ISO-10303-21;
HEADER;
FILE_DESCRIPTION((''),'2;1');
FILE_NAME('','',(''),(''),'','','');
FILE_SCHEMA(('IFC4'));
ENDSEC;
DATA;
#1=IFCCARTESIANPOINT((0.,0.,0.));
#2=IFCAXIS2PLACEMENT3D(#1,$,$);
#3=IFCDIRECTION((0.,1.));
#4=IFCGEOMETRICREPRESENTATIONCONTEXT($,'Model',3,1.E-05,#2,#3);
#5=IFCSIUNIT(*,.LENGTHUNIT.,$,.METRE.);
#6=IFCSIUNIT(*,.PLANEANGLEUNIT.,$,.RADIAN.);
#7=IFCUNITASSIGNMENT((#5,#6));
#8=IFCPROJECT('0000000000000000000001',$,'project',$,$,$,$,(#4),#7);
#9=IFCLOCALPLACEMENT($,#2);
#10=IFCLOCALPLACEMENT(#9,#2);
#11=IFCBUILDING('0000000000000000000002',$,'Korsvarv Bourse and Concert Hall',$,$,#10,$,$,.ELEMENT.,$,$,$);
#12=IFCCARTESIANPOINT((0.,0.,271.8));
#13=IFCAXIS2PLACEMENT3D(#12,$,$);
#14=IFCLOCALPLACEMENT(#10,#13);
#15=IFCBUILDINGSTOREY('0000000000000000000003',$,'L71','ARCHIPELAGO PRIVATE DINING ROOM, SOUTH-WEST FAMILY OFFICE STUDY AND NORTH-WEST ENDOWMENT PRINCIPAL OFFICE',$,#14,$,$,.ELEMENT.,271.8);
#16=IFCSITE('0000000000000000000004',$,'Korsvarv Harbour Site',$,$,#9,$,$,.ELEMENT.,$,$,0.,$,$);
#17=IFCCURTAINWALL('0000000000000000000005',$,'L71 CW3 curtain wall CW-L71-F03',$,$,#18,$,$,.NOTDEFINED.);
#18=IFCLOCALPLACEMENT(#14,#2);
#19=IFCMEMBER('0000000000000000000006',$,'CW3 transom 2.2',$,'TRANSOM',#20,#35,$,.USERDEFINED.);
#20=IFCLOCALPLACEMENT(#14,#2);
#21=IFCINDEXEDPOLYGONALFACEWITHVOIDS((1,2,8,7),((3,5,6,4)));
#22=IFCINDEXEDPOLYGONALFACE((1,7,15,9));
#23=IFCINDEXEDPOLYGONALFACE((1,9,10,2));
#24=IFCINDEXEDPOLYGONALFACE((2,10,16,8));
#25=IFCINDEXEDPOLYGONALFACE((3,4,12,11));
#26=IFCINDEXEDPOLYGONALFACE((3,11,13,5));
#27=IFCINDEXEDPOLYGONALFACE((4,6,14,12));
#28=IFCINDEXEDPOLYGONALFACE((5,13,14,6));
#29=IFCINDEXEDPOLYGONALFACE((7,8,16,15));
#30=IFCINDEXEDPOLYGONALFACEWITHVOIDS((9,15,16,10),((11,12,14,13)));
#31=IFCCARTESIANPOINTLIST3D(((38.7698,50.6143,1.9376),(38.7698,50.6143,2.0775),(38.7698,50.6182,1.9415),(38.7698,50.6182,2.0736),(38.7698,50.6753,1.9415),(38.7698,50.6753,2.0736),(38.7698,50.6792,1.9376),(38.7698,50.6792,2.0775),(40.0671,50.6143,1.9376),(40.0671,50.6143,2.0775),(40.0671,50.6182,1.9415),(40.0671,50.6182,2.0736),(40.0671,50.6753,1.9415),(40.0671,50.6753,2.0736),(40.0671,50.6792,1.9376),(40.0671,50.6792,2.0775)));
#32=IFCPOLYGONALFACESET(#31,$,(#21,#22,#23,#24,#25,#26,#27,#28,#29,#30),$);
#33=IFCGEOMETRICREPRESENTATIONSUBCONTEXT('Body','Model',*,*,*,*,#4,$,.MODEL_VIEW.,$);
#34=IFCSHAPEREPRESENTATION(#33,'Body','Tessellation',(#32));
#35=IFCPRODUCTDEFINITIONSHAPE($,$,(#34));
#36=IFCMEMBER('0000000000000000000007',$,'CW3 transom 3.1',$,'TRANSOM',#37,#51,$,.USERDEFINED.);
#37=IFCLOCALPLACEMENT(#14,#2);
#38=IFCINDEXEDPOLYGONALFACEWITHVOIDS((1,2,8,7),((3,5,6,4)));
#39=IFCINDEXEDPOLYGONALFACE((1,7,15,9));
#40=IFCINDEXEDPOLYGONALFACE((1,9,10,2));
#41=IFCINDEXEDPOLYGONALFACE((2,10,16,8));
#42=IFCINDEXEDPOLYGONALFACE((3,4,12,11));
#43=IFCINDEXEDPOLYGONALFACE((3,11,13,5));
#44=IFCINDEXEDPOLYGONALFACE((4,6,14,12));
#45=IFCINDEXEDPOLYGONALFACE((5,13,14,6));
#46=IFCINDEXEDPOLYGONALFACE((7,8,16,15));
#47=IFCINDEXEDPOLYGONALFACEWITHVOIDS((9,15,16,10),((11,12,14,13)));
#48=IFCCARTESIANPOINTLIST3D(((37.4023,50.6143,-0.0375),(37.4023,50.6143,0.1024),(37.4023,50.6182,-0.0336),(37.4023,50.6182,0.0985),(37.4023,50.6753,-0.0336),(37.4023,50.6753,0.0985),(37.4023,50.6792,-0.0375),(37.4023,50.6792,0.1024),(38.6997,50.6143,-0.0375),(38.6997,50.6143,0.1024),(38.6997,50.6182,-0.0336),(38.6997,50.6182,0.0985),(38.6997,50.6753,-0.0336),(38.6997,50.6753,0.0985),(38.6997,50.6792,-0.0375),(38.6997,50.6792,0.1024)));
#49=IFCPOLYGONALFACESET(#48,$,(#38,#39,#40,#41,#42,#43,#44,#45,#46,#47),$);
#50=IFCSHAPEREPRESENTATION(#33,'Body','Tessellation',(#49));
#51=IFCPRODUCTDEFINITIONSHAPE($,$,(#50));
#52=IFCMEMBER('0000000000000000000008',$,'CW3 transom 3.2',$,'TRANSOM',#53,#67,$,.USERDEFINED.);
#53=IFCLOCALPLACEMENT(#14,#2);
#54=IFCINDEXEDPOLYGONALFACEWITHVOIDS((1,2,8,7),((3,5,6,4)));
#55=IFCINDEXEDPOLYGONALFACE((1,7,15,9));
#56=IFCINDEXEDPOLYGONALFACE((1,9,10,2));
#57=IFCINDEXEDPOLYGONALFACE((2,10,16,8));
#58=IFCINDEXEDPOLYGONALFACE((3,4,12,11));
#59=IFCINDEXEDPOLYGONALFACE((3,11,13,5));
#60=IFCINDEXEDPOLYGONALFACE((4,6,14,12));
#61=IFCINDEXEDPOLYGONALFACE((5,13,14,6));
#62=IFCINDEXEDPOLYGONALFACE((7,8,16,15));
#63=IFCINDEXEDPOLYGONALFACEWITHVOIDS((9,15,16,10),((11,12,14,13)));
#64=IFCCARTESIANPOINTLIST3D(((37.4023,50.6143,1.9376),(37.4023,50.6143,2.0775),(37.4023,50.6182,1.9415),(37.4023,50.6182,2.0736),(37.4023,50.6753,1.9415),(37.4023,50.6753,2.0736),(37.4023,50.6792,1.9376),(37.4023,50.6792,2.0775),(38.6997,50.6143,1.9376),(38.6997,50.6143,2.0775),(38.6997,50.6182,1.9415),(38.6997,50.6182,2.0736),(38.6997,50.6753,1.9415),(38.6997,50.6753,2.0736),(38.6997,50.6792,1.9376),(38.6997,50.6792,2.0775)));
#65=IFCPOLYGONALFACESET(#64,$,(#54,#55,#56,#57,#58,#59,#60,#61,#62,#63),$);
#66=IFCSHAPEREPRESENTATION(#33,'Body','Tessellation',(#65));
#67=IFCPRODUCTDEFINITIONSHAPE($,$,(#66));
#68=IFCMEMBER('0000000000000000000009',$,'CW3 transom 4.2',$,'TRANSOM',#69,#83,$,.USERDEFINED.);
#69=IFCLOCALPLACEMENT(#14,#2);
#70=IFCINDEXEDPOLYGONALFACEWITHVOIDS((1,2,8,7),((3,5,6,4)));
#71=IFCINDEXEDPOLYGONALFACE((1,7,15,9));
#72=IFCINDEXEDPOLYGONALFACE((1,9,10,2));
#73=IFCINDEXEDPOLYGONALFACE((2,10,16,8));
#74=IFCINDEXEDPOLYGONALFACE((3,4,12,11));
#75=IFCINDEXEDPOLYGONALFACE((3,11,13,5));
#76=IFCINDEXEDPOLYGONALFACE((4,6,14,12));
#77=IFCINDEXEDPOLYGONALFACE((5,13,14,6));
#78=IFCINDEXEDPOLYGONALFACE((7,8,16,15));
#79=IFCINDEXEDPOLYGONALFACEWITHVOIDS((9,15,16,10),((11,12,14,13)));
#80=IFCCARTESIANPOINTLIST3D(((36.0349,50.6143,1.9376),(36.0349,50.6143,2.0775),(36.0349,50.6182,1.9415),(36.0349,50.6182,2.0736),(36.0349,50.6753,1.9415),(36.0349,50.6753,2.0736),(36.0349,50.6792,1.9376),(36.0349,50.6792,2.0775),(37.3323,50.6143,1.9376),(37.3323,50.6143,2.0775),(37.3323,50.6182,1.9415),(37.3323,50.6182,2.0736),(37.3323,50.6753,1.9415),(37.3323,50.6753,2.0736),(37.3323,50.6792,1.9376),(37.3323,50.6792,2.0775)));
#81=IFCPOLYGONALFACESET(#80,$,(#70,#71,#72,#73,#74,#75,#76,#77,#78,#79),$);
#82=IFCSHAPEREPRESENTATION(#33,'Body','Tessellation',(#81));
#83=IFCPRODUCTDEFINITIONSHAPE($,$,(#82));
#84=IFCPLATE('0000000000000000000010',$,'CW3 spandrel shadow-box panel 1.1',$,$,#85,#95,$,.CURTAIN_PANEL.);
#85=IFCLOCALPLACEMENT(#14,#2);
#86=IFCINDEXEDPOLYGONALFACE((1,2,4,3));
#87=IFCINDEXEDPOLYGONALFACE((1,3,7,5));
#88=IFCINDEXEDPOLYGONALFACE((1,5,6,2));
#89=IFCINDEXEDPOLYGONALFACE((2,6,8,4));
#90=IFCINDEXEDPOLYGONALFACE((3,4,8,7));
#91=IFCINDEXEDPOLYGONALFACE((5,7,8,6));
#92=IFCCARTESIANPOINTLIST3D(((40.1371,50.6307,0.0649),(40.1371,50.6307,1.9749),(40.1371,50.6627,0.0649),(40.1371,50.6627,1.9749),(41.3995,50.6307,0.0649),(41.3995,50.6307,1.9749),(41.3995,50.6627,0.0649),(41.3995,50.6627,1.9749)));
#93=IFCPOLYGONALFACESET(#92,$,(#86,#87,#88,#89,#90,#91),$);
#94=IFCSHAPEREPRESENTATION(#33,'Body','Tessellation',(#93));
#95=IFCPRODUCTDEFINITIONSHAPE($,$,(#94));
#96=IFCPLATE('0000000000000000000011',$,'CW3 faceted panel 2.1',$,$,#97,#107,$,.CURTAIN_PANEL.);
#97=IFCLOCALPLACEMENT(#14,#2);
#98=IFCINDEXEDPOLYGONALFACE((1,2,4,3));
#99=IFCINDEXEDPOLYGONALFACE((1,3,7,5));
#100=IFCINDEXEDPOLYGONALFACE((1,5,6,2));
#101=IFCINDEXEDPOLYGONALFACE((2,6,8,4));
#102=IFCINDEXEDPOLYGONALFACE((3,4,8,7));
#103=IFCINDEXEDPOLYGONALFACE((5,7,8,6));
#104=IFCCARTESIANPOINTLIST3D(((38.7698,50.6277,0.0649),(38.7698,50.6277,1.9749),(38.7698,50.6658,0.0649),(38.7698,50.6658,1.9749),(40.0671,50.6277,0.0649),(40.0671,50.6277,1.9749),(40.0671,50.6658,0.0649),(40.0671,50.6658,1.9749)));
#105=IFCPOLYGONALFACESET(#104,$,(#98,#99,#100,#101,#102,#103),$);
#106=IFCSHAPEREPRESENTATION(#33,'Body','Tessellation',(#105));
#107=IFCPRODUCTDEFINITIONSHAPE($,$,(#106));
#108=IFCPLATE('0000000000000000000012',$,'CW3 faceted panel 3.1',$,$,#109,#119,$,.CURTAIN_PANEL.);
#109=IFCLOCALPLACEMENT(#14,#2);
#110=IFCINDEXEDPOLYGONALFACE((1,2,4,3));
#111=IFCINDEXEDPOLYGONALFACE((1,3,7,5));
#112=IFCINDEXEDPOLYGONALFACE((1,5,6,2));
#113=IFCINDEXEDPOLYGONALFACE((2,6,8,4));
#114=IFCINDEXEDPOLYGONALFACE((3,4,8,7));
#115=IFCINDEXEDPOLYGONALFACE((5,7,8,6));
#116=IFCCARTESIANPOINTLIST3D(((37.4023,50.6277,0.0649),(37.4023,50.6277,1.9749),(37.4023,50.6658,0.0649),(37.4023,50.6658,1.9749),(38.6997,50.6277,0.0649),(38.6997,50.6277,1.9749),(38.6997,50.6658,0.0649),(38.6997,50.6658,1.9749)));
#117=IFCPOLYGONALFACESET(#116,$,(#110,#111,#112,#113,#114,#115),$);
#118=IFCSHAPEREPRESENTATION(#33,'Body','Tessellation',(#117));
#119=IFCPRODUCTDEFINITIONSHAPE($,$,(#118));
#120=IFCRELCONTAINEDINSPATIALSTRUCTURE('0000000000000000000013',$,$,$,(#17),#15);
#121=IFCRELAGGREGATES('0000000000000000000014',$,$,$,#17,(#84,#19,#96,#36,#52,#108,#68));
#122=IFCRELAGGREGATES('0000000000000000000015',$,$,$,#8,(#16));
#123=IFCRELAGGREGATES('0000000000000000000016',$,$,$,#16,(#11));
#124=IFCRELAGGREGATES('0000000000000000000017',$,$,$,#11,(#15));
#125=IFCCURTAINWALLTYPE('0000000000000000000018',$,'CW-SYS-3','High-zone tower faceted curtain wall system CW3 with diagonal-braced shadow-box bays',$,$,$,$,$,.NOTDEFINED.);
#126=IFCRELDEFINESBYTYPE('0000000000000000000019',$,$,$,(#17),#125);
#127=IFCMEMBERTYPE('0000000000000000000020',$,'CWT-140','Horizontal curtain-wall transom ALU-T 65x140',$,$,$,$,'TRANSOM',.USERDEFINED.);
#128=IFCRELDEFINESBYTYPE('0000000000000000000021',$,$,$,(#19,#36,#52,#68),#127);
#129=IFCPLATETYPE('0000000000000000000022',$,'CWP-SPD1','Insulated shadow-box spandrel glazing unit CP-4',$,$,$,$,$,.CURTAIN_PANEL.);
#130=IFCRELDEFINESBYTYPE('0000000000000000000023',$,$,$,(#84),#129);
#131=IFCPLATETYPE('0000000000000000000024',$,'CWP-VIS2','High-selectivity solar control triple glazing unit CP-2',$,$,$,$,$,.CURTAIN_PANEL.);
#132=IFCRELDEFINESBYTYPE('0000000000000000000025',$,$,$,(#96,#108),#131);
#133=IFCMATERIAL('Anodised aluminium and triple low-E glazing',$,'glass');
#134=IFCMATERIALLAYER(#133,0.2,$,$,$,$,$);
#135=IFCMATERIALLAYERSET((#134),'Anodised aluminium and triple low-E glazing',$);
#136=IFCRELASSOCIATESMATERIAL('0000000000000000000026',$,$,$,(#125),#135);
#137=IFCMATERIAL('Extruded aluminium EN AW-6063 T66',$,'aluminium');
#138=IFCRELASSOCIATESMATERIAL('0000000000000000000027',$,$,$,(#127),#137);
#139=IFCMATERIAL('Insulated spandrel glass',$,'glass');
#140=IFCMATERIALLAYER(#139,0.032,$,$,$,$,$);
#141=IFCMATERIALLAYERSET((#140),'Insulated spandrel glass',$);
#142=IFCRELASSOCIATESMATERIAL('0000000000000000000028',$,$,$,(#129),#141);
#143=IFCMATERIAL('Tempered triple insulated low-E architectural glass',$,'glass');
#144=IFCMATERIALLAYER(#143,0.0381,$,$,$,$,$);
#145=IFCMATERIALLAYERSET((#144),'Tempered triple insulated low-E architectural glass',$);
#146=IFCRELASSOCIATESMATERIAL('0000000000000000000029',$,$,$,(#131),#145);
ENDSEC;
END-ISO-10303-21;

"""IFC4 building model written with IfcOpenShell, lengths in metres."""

from ifc_helpers import new_model, si_unit, direction, frame, origin, origin_2d, place, context, subcontext, project, spatial, rectangle, hollow_rectangle, extrude, source, transform, mapped, material, layer, layer_set, material_profile, profile_set, type_object, element, aggregate, save


model = new_model("IFC4")

# Units and contexts
model_context = context("Model", 3, precision=1e-05, world=origin(), true_north=direction((0.0, 1.0)))
body_context = subcontext(model_context, "Body", "Model", "MODEL_VIEW")
ifc_project = project(units=[si_unit("LENGTHUNIT", "METRE"), si_unit("PLANEANGLEUNIT", "RADIAN")], contexts=[model_context])

# Site, building, storey
site_placement = place(None, origin())
site = spatial("IfcSite", under=ifc_project, at=site_placement, Name="Korsvarv Harbour Site", CompositionType="ELEMENT", RefElevation=0.0)
building_placement = place(site_placement, origin())
building = spatial("IfcBuilding", under=site, at=building_placement, Name="Korsvarv Bourse and Concert Hall", CompositionType="ELEMENT")
storey_placement = place(building_placement, frame((0.0, 0.0, 271.8)))
storey = spatial("IfcBuildingStorey", under=building, at=storey_placement, Name="L71", Description="ARCHIPELAGO PRIVATE DINING ROOM, SOUTH-WEST FAMILY OFFICE STUDY AND NORTH-WEST ENDOWMENT PRINCIPAL OFFICE", CompositionType="ELEMENT", Elevation=271.8)

# Curtain wall, members, plates
ifc_material_1 = material(Name="Anodised aluminium and triple low-E glazing", Category="glass")
ifc_layer_1 = layer(ifc_material_1, 0.2)
ifc_layer_set_1 = layer_set([ifc_layer_1], Name="Anodised aluminium and triple low-E glazing")
curtain_wall_type = type_object("IfcCurtainWallType", Name="CW-SYS-3", Description="High-zone tower faceted curtain wall system CW3 with diagonal-braced shadow-box bays", PredefinedType="NOTDEFINED", material=ifc_layer_set_1)
curtain_wall_placement = place(storey_placement, origin())
curtain_wall = element("IfcCurtainWall", 1, at=curtain_wall_placement, inside=storey, type_object=curtain_wall_type, Name="L71 CW3 curtain wall CW-L71-F03", PredefinedType="NOTDEFINED")
ifc_material_2 = material(Name="Extruded aluminium EN AW-6063 T66", Category="aluminium")
ifc_material_profile_1 = material_profile(ifc_material_2, hollow_rectangle(XDim=0.0649, YDim=0.1399, WallThickness=0.0039, at=origin_2d()), Name="ALU-T 65x140")
ifc_profile_set_1 = profile_set([ifc_material_profile_1], Name="Extruded aluminium EN AW-6063 T66")
member_type_1 = type_object("IfcMemberType", Name="CWT-140", Description="Horizontal curtain-wall transom ALU-T 65x140", ElementType="TRANSOM", PredefinedType="USERDEFINED", material=ifc_profile_set_1)
shared_shape_1 = source(origin(), body_context, "Body", "SweptSolid", [
    extrude(hollow_rectangle(XDim=0.0649, YDim=0.1399, WallThickness=0.0039, at=origin_2d()), origin(), (0.0, 0.0, 1.0), 1.2974),
])
member_1_placement = place(storey_placement, frame((40.0671, 50.6467, 2.0076), z_axis=(-1.0, 0.0, 0.0), x_axis=(0.0, -1.0, 0.0)))
member_1 = element("IfcMember", 2, at=member_1_placement, type_object=member_type_1, Name="CW3 transom 2.2", ObjectType="TRANSOM", PredefinedType="USERDEFINED", context=body_context, shape_type="MappedRepresentation", body=[
    mapped(shared_shape_1, transform((0.0, 0.0, 0.0), scale=1.0)),
])
member_2_placement = place(storey_placement, frame((38.6997, 50.6467, 0.0325), z_axis=(-1.0, 0.0, 0.0), x_axis=(0.0, -1.0, 0.0)))
member_2 = element("IfcMember", 3, at=member_2_placement, type_object=member_type_1, Name="CW3 transom 3.1", ObjectType="TRANSOM", PredefinedType="USERDEFINED", context=body_context, shape_type="MappedRepresentation", body=[
    mapped(shared_shape_1, transform((0.0, 0.0, 0.0), scale=1.0)),
])
member_3_placement = place(storey_placement, frame((38.6997, 50.6467, 2.0076), z_axis=(-1.0, 0.0, 0.0), x_axis=(0.0, -1.0, 0.0)))
member_3 = element("IfcMember", 4, at=member_3_placement, type_object=member_type_1, Name="CW3 transom 3.2", ObjectType="TRANSOM", PredefinedType="USERDEFINED", context=body_context, shape_type="MappedRepresentation", body=[
    mapped(shared_shape_1, transform((0.0, 0.0, 0.0), scale=1.0)),
])
member_4_placement = place(storey_placement, frame((37.3323, 50.6467, 2.0076), z_axis=(-1.0, 0.0, 0.0), x_axis=(0.0, -1.0, 0.0)))
member_4 = element("IfcMember", 5, at=member_4_placement, type_object=member_type_1, Name="CW3 transom 4.2", ObjectType="TRANSOM", PredefinedType="USERDEFINED", context=body_context, shape_type="MappedRepresentation", body=[
    mapped(shared_shape_1, transform((0.0, 0.0, 0.0), scale=1.0)),
])
ifc_material_3 = material(Name="Insulated spandrel glass", Category="glass")
ifc_layer_2 = layer(ifc_material_3, 0.032)
ifc_layer_set_2 = layer_set([ifc_layer_2], Name="Insulated spandrel glass")
plate_type_1 = type_object("IfcPlateType", Name="CWP-SPD1", Description="Insulated shadow-box spandrel glazing unit CP-4", PredefinedType="CURTAIN_PANEL", material=ifc_layer_set_2)
shared_shape_2 = source(origin(), body_context, "Body", "SweptSolid", [
    extrude(rectangle(XDim=1.2625, YDim=0.032, at=origin_2d()), origin(), (0.0, 0.0, 1.0), 1.9099),
])
plate_1_placement = place(storey_placement, frame((40.7683, 50.6467, 0.0649), z_axis=(0.0, 0.0, 1.0), x_axis=(-1.0, 0.0, 0.0)))
plate_1 = element("IfcPlate", 6, at=plate_1_placement, type_object=plate_type_1, Name="CW3 spandrel shadow-box panel 1.1", PredefinedType="CURTAIN_PANEL", context=body_context, shape_type="MappedRepresentation", body=[
    mapped(shared_shape_2, transform((0.0, 0.0, 0.0), scale=1.0)),
])
ifc_material_4 = material(Name="Tempered triple insulated low-E architectural glass", Category="glass")
ifc_layer_3 = layer(ifc_material_4, 0.0381)
ifc_layer_set_3 = layer_set([ifc_layer_3], Name="Tempered triple insulated low-E architectural glass")
plate_type_2 = type_object("IfcPlateType", Name="CWP-VIS2", Description="High-selectivity solar control triple glazing unit CP-2", PredefinedType="CURTAIN_PANEL", material=ifc_layer_set_3)
shared_shape_3 = source(origin(), body_context, "Body", "SweptSolid", [
    extrude(rectangle(XDim=1.2974, YDim=0.0381, at=origin_2d()), origin(), (0.0, 0.0, 1.0), 1.9099),
])
plate_2_placement = place(storey_placement, frame((39.4185, 50.6467, 0.0649), z_axis=(0.0, 0.0, 1.0), x_axis=(-1.0, 0.0, 0.0)))
plate_2 = element("IfcPlate", 7, at=plate_2_placement, type_object=plate_type_2, Name="CW3 faceted panel 2.1", PredefinedType="CURTAIN_PANEL", context=body_context, shape_type="MappedRepresentation", body=[
    mapped(shared_shape_3, transform((0.0, 0.0, 0.0), scale=1.0)),
])
plate_3_placement = place(storey_placement, frame((38.051, 50.6467, 0.0649), z_axis=(0.0, 0.0, 1.0), x_axis=(-1.0, 0.0, 0.0)))
plate_3 = element("IfcPlate", 8, at=plate_3_placement, type_object=plate_type_2, Name="CW3 faceted panel 3.1", PredefinedType="CURTAIN_PANEL", context=body_context, shape_type="MappedRepresentation", body=[
    mapped(shared_shape_3, transform((0.0, 0.0, 0.0), scale=1.0)),
])
aggregate(curtain_wall, [plate_1, member_1, plate_2, member_2, member_3, plate_3, member_4])

save(model, "model.ifc")
